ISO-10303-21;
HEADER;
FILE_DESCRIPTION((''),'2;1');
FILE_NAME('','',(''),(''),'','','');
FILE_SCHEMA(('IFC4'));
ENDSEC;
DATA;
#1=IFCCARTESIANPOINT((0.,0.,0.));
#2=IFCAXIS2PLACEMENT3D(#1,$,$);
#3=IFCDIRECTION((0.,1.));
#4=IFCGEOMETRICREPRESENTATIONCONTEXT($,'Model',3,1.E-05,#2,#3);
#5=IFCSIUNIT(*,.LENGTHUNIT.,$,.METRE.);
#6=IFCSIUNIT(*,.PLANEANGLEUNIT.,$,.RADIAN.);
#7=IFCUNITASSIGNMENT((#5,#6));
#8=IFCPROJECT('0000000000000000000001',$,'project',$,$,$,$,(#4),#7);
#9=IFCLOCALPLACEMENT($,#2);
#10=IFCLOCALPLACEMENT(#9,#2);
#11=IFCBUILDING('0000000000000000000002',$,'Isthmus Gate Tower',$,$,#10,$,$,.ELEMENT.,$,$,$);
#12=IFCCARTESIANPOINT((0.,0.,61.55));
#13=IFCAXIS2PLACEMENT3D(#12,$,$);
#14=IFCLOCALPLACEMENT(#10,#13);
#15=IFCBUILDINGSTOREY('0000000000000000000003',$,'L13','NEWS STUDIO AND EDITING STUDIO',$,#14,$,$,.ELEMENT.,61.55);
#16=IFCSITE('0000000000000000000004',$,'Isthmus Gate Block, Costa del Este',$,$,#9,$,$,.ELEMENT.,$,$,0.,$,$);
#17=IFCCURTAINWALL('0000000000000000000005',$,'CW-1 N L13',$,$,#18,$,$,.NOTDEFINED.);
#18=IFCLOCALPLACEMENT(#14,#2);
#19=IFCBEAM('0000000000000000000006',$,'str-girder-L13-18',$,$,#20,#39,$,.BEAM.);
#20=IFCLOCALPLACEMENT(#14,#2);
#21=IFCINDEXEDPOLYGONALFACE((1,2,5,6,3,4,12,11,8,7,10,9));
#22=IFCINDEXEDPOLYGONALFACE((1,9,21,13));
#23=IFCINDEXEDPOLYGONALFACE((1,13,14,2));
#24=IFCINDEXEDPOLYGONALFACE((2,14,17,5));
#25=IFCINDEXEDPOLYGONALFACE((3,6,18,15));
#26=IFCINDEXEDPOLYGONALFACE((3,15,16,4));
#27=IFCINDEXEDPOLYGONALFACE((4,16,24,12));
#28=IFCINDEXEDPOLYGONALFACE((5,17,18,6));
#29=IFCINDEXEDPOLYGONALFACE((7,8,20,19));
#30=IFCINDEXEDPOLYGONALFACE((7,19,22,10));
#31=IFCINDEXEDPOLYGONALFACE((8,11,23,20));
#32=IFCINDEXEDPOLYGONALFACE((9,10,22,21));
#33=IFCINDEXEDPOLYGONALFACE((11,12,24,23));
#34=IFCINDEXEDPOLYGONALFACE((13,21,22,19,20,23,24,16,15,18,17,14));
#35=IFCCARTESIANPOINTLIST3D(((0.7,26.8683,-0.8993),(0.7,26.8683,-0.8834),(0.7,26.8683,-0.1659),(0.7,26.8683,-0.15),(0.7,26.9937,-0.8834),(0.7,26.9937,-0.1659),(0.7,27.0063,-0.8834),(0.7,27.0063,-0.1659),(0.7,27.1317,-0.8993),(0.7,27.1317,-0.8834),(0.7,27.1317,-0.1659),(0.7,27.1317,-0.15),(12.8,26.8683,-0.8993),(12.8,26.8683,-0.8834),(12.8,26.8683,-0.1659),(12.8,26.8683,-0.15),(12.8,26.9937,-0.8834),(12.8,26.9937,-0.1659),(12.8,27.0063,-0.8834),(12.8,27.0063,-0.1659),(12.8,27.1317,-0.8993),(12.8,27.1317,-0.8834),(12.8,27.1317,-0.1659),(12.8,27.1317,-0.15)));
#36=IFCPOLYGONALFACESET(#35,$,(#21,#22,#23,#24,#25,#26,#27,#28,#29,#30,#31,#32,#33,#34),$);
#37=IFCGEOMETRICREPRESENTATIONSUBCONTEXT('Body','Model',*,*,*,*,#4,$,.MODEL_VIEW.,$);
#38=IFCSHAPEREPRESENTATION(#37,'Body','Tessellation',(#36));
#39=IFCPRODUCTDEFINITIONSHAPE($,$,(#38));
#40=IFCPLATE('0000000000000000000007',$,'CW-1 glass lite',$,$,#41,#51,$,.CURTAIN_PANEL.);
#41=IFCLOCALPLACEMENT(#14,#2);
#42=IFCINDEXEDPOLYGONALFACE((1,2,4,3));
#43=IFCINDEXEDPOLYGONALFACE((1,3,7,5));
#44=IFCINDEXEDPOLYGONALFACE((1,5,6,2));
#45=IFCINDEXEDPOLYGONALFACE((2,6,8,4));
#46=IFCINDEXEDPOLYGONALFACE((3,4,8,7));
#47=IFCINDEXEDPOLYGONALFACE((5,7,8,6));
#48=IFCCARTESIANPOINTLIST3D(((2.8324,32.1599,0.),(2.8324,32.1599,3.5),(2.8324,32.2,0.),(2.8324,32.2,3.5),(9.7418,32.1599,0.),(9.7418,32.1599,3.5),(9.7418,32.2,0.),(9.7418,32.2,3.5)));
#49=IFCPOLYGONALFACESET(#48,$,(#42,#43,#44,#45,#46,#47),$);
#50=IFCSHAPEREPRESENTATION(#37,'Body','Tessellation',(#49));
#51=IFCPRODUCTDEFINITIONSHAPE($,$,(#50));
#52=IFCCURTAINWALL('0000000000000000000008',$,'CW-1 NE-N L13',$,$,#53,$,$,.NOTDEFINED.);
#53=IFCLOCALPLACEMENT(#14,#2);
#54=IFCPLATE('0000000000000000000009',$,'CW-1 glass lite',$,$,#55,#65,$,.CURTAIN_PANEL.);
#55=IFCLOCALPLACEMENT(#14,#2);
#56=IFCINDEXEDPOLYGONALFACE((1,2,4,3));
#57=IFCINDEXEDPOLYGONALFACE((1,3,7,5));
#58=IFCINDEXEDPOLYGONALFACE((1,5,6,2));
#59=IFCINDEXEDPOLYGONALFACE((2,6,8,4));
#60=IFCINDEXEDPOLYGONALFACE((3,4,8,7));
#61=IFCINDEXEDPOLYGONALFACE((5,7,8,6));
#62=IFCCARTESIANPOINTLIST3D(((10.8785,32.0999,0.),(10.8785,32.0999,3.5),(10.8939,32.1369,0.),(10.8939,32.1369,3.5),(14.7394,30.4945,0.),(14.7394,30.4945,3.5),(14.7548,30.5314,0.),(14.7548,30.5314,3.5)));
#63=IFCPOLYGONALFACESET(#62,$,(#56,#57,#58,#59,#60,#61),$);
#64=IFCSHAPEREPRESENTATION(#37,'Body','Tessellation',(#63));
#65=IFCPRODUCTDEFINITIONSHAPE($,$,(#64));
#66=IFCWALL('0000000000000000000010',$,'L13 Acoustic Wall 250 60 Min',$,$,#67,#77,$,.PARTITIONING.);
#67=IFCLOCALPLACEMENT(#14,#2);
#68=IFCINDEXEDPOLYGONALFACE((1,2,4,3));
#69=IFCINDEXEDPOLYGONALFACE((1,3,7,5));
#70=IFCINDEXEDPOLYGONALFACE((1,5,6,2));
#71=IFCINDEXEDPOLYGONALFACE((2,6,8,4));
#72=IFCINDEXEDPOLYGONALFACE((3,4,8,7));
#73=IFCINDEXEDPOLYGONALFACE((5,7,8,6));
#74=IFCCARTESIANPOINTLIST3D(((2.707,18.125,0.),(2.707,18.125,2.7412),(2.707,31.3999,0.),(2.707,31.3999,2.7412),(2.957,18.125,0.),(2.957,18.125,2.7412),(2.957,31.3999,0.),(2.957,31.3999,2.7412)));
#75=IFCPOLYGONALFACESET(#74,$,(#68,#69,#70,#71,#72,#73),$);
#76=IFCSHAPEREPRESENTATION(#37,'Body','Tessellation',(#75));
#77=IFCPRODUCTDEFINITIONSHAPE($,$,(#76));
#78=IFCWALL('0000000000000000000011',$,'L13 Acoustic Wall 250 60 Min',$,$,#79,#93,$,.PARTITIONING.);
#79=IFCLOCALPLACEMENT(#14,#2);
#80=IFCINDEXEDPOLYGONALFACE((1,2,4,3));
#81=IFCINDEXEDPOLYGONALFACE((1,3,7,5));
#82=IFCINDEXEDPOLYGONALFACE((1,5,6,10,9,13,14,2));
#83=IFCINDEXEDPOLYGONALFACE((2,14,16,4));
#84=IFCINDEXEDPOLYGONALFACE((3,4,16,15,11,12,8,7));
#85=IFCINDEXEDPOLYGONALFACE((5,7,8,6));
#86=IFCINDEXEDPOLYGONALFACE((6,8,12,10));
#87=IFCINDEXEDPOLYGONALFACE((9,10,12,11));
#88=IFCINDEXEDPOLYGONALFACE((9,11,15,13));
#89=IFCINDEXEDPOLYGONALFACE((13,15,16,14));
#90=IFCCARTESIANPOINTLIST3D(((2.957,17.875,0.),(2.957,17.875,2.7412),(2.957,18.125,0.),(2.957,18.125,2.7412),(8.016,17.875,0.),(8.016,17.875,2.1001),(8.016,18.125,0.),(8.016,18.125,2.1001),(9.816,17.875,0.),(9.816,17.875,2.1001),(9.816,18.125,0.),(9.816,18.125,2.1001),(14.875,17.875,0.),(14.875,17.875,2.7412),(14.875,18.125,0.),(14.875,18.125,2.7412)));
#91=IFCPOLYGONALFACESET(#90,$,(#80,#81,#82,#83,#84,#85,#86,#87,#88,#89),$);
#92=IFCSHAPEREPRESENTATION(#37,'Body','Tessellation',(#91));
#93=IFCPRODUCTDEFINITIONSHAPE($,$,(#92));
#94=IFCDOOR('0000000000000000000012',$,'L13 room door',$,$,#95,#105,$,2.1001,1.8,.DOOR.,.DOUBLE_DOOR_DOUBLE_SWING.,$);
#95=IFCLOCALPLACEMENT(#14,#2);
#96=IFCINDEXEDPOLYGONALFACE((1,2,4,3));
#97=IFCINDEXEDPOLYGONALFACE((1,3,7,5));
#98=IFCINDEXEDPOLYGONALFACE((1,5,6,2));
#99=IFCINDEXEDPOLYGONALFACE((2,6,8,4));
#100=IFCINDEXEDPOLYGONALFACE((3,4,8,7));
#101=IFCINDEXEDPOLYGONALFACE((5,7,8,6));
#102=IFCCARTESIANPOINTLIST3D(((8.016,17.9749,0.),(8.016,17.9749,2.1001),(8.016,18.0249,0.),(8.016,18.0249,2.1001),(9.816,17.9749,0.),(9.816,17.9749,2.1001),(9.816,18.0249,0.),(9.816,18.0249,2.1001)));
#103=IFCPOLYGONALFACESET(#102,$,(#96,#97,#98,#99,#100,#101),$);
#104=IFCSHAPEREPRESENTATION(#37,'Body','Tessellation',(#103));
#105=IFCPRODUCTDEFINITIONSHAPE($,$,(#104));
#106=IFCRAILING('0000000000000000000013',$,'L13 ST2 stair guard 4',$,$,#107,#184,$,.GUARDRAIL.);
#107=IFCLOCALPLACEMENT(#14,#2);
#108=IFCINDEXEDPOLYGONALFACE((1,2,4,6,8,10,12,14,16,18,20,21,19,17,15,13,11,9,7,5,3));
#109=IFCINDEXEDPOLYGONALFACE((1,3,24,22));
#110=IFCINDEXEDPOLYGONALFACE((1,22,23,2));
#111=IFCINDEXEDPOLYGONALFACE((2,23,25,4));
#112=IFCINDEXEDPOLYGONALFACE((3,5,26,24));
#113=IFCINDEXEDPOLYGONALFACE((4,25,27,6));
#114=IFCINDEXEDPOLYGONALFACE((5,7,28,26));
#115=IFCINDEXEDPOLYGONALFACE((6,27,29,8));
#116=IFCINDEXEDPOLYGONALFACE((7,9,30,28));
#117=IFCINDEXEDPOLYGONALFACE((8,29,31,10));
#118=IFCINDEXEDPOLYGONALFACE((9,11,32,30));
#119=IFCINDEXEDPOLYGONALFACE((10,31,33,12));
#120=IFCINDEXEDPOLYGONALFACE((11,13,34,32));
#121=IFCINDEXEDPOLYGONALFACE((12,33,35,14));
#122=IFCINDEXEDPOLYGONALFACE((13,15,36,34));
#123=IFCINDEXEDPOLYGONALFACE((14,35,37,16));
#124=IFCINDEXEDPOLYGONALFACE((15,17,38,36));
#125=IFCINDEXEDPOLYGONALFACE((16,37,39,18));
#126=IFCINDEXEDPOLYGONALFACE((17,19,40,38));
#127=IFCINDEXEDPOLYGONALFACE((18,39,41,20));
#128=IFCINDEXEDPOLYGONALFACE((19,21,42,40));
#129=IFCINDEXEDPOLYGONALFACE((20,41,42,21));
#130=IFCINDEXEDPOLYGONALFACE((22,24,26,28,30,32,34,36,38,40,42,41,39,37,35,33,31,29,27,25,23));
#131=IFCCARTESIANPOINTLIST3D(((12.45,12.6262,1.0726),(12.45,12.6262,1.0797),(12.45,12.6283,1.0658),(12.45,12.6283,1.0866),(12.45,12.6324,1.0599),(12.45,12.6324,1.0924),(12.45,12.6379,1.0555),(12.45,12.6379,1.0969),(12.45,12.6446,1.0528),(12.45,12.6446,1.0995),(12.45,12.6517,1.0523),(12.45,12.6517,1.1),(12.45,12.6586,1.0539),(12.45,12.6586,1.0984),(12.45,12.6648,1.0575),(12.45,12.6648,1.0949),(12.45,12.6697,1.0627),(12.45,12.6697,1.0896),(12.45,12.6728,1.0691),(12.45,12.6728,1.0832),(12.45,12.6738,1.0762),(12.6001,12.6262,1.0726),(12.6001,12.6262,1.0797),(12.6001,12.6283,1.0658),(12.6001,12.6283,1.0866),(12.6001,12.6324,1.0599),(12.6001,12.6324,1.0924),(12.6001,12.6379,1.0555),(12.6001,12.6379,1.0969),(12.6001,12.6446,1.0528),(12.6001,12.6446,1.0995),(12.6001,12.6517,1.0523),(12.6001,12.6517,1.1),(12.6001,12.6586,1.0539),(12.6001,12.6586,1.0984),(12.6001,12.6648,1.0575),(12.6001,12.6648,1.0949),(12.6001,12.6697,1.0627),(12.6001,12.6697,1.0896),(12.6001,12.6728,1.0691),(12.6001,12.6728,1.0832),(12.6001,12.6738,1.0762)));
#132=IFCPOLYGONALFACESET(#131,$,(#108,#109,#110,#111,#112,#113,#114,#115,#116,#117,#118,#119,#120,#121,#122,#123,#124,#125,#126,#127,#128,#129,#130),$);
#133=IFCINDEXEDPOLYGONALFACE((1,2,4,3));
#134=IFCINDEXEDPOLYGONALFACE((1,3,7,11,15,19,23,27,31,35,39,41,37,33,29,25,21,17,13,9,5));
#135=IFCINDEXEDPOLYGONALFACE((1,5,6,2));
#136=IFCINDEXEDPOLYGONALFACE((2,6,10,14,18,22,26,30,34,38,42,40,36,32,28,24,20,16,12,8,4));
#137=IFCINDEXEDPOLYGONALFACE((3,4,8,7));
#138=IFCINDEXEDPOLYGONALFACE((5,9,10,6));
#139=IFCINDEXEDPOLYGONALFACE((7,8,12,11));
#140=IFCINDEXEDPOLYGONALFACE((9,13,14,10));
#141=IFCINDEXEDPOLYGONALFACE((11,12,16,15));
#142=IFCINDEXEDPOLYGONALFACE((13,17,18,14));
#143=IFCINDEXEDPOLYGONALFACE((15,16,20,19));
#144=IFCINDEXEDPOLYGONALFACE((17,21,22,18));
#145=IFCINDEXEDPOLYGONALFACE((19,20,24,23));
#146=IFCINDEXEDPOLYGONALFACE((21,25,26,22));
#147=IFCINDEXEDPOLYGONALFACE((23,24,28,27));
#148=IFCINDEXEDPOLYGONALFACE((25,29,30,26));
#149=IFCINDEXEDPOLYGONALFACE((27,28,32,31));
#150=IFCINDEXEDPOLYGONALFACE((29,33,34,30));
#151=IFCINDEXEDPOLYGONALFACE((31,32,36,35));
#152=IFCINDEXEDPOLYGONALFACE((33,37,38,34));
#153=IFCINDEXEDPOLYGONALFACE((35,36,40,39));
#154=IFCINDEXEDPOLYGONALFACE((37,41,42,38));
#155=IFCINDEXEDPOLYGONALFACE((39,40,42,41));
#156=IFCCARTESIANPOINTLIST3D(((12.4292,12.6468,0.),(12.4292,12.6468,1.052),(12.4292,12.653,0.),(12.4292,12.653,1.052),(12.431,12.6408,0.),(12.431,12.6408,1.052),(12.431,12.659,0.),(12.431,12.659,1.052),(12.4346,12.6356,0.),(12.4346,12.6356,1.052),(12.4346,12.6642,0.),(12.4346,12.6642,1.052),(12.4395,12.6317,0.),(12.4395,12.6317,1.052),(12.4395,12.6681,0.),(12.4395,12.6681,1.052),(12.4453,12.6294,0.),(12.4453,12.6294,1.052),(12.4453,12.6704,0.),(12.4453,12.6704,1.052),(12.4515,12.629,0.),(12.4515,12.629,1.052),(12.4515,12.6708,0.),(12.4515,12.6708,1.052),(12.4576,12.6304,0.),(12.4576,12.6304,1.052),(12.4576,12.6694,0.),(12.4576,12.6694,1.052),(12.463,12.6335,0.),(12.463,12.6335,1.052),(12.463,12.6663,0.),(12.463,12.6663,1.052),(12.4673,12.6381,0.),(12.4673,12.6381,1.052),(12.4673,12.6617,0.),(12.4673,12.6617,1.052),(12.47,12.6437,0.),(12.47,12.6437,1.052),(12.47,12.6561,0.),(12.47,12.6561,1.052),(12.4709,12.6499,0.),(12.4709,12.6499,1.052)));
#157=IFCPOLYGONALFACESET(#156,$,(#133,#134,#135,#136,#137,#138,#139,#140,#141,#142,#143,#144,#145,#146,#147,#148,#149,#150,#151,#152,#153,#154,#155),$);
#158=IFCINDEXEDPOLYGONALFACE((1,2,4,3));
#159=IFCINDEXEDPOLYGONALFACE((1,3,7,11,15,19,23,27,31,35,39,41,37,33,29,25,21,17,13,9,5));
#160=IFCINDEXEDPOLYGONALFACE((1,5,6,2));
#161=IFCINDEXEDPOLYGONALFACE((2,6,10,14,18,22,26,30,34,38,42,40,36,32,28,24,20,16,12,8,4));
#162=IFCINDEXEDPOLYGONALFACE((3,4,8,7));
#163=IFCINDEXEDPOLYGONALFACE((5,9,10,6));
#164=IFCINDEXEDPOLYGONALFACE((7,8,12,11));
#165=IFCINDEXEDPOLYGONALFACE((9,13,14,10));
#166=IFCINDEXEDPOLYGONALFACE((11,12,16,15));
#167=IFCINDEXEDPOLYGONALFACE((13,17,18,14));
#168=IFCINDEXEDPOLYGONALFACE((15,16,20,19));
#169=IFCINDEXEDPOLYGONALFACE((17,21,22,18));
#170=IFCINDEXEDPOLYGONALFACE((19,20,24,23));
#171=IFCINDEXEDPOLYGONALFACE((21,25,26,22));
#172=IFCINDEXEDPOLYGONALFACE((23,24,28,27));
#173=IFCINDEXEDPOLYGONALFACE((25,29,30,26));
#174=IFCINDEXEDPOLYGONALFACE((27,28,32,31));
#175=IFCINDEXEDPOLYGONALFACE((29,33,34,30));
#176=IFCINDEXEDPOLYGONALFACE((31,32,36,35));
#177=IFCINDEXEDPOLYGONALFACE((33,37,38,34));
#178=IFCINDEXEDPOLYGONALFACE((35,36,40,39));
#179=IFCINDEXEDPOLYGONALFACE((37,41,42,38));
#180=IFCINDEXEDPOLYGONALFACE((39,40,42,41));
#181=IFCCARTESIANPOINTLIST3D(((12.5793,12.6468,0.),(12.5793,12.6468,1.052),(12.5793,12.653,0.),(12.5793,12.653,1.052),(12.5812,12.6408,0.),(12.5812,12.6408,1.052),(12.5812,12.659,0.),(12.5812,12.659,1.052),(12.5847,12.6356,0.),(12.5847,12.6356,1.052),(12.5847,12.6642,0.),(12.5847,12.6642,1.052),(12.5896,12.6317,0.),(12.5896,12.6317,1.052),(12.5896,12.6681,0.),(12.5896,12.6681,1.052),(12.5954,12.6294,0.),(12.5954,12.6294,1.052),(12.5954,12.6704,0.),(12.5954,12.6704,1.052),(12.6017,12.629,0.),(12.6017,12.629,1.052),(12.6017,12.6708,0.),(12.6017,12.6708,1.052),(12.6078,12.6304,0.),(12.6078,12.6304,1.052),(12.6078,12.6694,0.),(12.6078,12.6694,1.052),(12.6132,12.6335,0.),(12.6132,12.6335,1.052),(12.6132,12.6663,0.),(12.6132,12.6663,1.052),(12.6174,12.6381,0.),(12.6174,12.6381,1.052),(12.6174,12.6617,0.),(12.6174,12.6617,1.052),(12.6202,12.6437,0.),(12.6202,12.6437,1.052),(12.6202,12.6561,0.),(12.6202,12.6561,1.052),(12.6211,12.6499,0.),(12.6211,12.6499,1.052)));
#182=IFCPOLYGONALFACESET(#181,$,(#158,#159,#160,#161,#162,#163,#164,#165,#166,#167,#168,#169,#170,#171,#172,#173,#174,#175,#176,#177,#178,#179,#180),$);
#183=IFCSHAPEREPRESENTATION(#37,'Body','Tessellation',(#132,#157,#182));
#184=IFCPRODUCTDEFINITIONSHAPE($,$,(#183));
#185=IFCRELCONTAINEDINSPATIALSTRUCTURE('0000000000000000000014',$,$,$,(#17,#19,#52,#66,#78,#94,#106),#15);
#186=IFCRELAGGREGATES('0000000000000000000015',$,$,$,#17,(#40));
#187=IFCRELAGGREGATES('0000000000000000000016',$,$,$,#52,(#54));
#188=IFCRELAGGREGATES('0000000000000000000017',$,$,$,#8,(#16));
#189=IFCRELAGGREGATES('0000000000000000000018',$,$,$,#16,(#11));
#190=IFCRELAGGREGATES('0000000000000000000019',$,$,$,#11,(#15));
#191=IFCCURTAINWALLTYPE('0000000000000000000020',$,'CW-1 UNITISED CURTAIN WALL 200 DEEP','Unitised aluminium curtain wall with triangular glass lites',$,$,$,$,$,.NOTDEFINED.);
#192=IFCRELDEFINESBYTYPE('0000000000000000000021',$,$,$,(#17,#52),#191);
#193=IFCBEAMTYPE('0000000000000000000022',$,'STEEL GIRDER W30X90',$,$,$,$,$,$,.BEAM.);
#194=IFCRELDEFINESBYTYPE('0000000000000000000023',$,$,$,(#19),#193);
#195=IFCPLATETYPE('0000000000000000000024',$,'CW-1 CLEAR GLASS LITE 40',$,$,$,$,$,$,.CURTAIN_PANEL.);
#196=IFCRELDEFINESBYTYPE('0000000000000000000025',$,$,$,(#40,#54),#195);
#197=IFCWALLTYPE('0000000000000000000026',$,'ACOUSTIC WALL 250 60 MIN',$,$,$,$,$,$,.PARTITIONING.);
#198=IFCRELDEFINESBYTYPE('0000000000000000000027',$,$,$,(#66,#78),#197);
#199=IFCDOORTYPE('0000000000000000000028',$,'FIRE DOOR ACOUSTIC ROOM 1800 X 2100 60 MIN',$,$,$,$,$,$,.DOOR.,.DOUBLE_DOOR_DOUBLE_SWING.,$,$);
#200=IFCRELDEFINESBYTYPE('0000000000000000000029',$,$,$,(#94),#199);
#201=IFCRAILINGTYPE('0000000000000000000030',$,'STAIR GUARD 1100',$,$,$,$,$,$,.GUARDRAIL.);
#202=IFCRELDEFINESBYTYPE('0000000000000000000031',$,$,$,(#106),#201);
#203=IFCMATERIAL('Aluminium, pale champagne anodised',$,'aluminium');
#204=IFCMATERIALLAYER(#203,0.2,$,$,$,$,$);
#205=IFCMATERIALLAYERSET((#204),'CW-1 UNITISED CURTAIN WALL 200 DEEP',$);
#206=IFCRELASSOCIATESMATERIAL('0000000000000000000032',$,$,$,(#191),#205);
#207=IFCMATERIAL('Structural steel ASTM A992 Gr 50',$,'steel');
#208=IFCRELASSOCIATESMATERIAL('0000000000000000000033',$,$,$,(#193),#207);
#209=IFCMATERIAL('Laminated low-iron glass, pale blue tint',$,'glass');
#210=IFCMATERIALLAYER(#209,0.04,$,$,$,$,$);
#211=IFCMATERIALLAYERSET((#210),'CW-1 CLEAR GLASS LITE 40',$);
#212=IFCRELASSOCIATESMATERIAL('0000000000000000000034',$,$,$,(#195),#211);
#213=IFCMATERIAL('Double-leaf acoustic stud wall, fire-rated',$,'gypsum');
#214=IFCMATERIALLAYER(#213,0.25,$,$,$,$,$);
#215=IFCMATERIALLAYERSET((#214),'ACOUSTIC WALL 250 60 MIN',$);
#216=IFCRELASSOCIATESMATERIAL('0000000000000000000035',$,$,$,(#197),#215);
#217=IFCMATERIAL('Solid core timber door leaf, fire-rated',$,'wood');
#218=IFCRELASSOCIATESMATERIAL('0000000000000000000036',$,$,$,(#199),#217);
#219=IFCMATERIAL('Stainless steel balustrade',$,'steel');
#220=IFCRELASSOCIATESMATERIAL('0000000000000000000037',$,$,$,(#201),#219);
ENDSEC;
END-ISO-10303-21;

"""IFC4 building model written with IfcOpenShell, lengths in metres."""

from ifc_helpers import new_model, si_unit, direction, frame, frame_2d, origin, origin_2d, place, context, subcontext, project, spatial, rectangle, circle, i_section, extrude, material, layer, layer_set, material_profile, profile_set, type_object, element, fill, aggregate, save


model = new_model("IFC4")

# Units and contexts
model_context = context("Model", 3, precision=1e-05, world=origin(), true_north=direction((0.0, 1.0)))
body_context = subcontext(model_context, "Body", "Model", "MODEL_VIEW")
ifc_project = project(units=[si_unit("LENGTHUNIT", "METRE"), si_unit("PLANEANGLEUNIT", "RADIAN")], contexts=[model_context])

# Site, building, storey
site_placement = place(None, origin())
site = spatial("IfcSite", under=ifc_project, at=site_placement, Name="Isthmus Gate Block, Costa del Este", CompositionType="ELEMENT", RefElevation=0.0)
building_placement = place(site_placement, origin())
building = spatial("IfcBuilding", under=site, at=building_placement, Name="Isthmus Gate Tower", CompositionType="ELEMENT")
storey_placement = place(building_placement, frame((0.0, 0.0, 61.55)))
storey = spatial("IfcBuildingStorey", under=building, at=storey_placement, Name="L13", Description="NEWS STUDIO AND EDITING STUDIO", CompositionType="ELEMENT", Elevation=61.55)

# Curtain wall
ifc_material_1 = material(Name="Aluminium, pale champagne anodised", Category="aluminium")
ifc_layer_1 = layer(ifc_material_1, 0.2)
ifc_layer_set_1 = layer_set([ifc_layer_1], Name="CW-1 UNITISED CURTAIN WALL 200 DEEP")
curtain_wall_type = type_object("IfcCurtainWallType", Name="CW-1 UNITISED CURTAIN WALL 200 DEEP", Description="Unitised aluminium curtain wall with triangular glass lites", PredefinedType="NOTDEFINED", material=ifc_layer_set_1)
curtain_wall_1_placement = place(storey_placement, origin())
curtain_wall_1 = element("IfcCurtainWall", 1, at=curtain_wall_1_placement, inside=storey, type_object=curtain_wall_type, Name="CW-1 N L13", PredefinedType="NOTDEFINED")

# Beam
ifc_material_2 = material(Name="Structural steel ASTM A992 Gr 50", Category="steel")
ifc_material_profile_1 = material_profile(ifc_material_2, i_section(OverallWidth=0.2634, OverallDepth=0.7493, WebThickness=0.0127, FlangeThickness=0.0159, at=origin_2d()), Name="W30X90")
ifc_profile_set_1 = profile_set([ifc_material_profile_1], Name="Structural steel ASTM A992 Gr 50")
beam_type_1 = type_object("IfcBeamType", Name="STEEL GIRDER W30X90", PredefinedType="BEAM", material=ifc_profile_set_1)
beam_1_placement = place(storey_placement, frame((0.7, 27.0, -0.5247), z_axis=(1.0, 0.0, 0.0), x_axis=(0.0, 1.0, 0.0)))
element("IfcBeam", 2, at=beam_1_placement, inside=storey, type_object=beam_type_1, Name="str-girder-L13-18", PredefinedType="BEAM", context=body_context, shape_type="SweptSolid", body=[
    extrude(i_section(OverallWidth=0.2634, OverallDepth=0.7493, WebThickness=0.0127, FlangeThickness=0.0159, at=origin_2d()), origin(), (0.0, 0.0, 1.0), 12.1001),
])

# Plate
ifc_material_3 = material(Name="Laminated low-iron glass, pale blue tint", Category="glass")
ifc_layer_2 = layer(ifc_material_3, 0.04)
ifc_layer_set_2 = layer_set([ifc_layer_2], Name="CW-1 CLEAR GLASS LITE 40")
plate_type = type_object("IfcPlateType", Name="CW-1 CLEAR GLASS LITE 40", PredefinedType="CURTAIN_PANEL", material=ifc_layer_set_2)
plate_1_placement = place(storey_placement, frame((6.2871, 32.1799, 0.0), z_axis=(0.0, 0.0, 1.0), x_axis=(-1.0, 0.0, 0.0)))
plate_1 = element("IfcPlate", 3, at=plate_1_placement, type_object=plate_type, Name="CW-1 glass lite", PredefinedType="CURTAIN_PANEL", context=body_context, shape_type="SweptSolid", body=[
    extrude(rectangle(XDim=6.9094, YDim=0.04, at=origin_2d()), origin(), (0.0, 0.0, 1.0), 3.5),
])
aggregate(curtain_wall_1, [plate_1])

# Curtain wall, plate
curtain_wall_2_placement = place(storey_placement, origin())
curtain_wall_2 = element("IfcCurtainWall", 4, at=curtain_wall_2_placement, inside=storey, type_object=curtain_wall_type, Name="CW-1 NE-N L13", PredefinedType="NOTDEFINED")
plate_2_placement = place(storey_placement, frame((12.8167, 31.3157, 0.0), z_axis=(0.0, 0.0, 1.0), x_axis=(-0.923353, 0.383952, 0.0)))
plate_2 = element("IfcPlate", 5, at=plate_2_placement, type_object=plate_type, Name="CW-1 glass lite", PredefinedType="CURTAIN_PANEL", context=body_context, shape_type="SweptSolid", body=[
    extrude(rectangle(XDim=4.1814, YDim=0.04, at=origin_2d()), origin(), (0.0, 0.0, 1.0), 3.5),
])
aggregate(curtain_wall_2, [plate_2])

# Wall
ifc_material_4 = material(Name="Double-leaf acoustic stud wall, fire-rated", Category="gypsum")
ifc_layer_3 = layer(ifc_material_4, 0.25)
ifc_layer_set_3 = layer_set([ifc_layer_3], Name="ACOUSTIC WALL 250 60 MIN")
wall_type = type_object("IfcWallType", Name="ACOUSTIC WALL 250 60 MIN", PredefinedType="PARTITIONING", material=ifc_layer_set_3)
wall_1_placement = place(storey_placement, frame((2.832, 18.125, 0.0), z_axis=(0.0, 0.0, 1.0), x_axis=(0.0, 1.0, 0.0)))
element("IfcWall", 6, at=wall_1_placement, inside=storey, type_object=wall_type, Name="L13 Acoustic Wall 250 60 Min", PredefinedType="PARTITIONING", context=body_context, shape_type="SweptSolid", body=[
    extrude(rectangle(XDim=13.2749, YDim=0.25, at=frame_2d((6.6375, 0.0))), origin(), (0.0, 0.0, 1.0), 2.7412),
])

# Wall, opening, door
wall_2_placement = place(storey_placement, frame((2.957, 18.0, 0.0), z_axis=(0.0, 0.0, 1.0), x_axis=(1.0, 0.0, 0.0)))
wall_2 = element("IfcWall", 7, at=wall_2_placement, inside=storey, type_object=wall_type, Name="L13 Acoustic Wall 250 60 Min", PredefinedType="PARTITIONING", context=body_context, shape_type="SweptSolid", body=[
    extrude(rectangle(XDim=11.918, YDim=0.25, at=frame_2d((5.959, 0.0))), origin(), (0.0, 0.0, 1.0), 2.7412),
])
opening_placement = place(wall_2_placement, frame((5.0591, 0.0, 0.0)))
opening = element("IfcOpeningElement", 8, at=opening_placement, cuts=wall_2, PredefinedType="OPENING", context=body_context, shape_type="SweptSolid", body=[
    extrude(rectangle(XDim=1.8, YDim=2.1001, at=frame_2d((0.8999, 1.05))), frame((0.0, 0.135, 0.0), z_axis=(0.0, -1.0, 0.0), x_axis=(1.0, 0.0, 0.0)), (0.0, 0.0, 1.0), 0.27),
])
ifc_material_5 = material(Name="Solid core timber door leaf, fire-rated", Category="wood")
door_type = type_object("IfcDoorType", Name="FIRE DOOR ACOUSTIC ROOM 1800 X 2100 60 MIN", OperationType="DOUBLE_DOOR_DOUBLE_SWING", PredefinedType="DOOR", material=ifc_material_5)
door_placement = place(opening_placement, origin())
door = element("IfcDoor", 9, at=door_placement, inside=storey, type_object=door_type, Name="L13 room door", OperationType="DOUBLE_DOOR_DOUBLE_SWING", OverallHeight=2.1001, OverallWidth=1.8, PredefinedType="DOOR", context=body_context, shape_type="SweptSolid", body=[
    extrude(rectangle(XDim=1.8, YDim=2.1001, at=frame_2d((0.8999, 1.05))), frame((0.0, 0.0249, 0.0), z_axis=(0.0, -1.0, 0.0), x_axis=(1.0, 0.0, 0.0)), (0.0, 0.0, 1.0), 0.05),
])
fill(opening, door)

# Railing
ifc_material_6 = material(Name="Stainless steel balustrade", Category="steel")
railing_type = type_object("IfcRailingType", Name="STAIR GUARD 1100", PredefinedType="GUARDRAIL", material=ifc_material_6)
railing_placement = place(storey_placement, frame((12.45, 12.6499, 0.0)))
element("IfcRailing", 10, at=railing_placement, inside=storey, type_object=railing_type, Name="L13 ST2 stair guard 4", PredefinedType="GUARDRAIL", context=body_context, shape_type="SweptSolid", body=[
    extrude(circle(Radius=0.0239, at=origin_2d()), frame((0.0, 0.0, 1.0762), z_axis=(1.0, 0.0, 0.0), x_axis=(0.0, 1.0, 0.0)), (0.0, 0.0, 1.0), 0.1501),
    extrude(circle(Radius=0.021, at=origin_2d()), origin(), (0.0, 0.0, 1.0), 1.052),
    extrude(circle(Radius=0.021, at=origin_2d()), frame((0.1501, 0.0, 0.0)), (0.0, 0.0, 1.0), 1.052),
])

save(model, "model.ifc")
